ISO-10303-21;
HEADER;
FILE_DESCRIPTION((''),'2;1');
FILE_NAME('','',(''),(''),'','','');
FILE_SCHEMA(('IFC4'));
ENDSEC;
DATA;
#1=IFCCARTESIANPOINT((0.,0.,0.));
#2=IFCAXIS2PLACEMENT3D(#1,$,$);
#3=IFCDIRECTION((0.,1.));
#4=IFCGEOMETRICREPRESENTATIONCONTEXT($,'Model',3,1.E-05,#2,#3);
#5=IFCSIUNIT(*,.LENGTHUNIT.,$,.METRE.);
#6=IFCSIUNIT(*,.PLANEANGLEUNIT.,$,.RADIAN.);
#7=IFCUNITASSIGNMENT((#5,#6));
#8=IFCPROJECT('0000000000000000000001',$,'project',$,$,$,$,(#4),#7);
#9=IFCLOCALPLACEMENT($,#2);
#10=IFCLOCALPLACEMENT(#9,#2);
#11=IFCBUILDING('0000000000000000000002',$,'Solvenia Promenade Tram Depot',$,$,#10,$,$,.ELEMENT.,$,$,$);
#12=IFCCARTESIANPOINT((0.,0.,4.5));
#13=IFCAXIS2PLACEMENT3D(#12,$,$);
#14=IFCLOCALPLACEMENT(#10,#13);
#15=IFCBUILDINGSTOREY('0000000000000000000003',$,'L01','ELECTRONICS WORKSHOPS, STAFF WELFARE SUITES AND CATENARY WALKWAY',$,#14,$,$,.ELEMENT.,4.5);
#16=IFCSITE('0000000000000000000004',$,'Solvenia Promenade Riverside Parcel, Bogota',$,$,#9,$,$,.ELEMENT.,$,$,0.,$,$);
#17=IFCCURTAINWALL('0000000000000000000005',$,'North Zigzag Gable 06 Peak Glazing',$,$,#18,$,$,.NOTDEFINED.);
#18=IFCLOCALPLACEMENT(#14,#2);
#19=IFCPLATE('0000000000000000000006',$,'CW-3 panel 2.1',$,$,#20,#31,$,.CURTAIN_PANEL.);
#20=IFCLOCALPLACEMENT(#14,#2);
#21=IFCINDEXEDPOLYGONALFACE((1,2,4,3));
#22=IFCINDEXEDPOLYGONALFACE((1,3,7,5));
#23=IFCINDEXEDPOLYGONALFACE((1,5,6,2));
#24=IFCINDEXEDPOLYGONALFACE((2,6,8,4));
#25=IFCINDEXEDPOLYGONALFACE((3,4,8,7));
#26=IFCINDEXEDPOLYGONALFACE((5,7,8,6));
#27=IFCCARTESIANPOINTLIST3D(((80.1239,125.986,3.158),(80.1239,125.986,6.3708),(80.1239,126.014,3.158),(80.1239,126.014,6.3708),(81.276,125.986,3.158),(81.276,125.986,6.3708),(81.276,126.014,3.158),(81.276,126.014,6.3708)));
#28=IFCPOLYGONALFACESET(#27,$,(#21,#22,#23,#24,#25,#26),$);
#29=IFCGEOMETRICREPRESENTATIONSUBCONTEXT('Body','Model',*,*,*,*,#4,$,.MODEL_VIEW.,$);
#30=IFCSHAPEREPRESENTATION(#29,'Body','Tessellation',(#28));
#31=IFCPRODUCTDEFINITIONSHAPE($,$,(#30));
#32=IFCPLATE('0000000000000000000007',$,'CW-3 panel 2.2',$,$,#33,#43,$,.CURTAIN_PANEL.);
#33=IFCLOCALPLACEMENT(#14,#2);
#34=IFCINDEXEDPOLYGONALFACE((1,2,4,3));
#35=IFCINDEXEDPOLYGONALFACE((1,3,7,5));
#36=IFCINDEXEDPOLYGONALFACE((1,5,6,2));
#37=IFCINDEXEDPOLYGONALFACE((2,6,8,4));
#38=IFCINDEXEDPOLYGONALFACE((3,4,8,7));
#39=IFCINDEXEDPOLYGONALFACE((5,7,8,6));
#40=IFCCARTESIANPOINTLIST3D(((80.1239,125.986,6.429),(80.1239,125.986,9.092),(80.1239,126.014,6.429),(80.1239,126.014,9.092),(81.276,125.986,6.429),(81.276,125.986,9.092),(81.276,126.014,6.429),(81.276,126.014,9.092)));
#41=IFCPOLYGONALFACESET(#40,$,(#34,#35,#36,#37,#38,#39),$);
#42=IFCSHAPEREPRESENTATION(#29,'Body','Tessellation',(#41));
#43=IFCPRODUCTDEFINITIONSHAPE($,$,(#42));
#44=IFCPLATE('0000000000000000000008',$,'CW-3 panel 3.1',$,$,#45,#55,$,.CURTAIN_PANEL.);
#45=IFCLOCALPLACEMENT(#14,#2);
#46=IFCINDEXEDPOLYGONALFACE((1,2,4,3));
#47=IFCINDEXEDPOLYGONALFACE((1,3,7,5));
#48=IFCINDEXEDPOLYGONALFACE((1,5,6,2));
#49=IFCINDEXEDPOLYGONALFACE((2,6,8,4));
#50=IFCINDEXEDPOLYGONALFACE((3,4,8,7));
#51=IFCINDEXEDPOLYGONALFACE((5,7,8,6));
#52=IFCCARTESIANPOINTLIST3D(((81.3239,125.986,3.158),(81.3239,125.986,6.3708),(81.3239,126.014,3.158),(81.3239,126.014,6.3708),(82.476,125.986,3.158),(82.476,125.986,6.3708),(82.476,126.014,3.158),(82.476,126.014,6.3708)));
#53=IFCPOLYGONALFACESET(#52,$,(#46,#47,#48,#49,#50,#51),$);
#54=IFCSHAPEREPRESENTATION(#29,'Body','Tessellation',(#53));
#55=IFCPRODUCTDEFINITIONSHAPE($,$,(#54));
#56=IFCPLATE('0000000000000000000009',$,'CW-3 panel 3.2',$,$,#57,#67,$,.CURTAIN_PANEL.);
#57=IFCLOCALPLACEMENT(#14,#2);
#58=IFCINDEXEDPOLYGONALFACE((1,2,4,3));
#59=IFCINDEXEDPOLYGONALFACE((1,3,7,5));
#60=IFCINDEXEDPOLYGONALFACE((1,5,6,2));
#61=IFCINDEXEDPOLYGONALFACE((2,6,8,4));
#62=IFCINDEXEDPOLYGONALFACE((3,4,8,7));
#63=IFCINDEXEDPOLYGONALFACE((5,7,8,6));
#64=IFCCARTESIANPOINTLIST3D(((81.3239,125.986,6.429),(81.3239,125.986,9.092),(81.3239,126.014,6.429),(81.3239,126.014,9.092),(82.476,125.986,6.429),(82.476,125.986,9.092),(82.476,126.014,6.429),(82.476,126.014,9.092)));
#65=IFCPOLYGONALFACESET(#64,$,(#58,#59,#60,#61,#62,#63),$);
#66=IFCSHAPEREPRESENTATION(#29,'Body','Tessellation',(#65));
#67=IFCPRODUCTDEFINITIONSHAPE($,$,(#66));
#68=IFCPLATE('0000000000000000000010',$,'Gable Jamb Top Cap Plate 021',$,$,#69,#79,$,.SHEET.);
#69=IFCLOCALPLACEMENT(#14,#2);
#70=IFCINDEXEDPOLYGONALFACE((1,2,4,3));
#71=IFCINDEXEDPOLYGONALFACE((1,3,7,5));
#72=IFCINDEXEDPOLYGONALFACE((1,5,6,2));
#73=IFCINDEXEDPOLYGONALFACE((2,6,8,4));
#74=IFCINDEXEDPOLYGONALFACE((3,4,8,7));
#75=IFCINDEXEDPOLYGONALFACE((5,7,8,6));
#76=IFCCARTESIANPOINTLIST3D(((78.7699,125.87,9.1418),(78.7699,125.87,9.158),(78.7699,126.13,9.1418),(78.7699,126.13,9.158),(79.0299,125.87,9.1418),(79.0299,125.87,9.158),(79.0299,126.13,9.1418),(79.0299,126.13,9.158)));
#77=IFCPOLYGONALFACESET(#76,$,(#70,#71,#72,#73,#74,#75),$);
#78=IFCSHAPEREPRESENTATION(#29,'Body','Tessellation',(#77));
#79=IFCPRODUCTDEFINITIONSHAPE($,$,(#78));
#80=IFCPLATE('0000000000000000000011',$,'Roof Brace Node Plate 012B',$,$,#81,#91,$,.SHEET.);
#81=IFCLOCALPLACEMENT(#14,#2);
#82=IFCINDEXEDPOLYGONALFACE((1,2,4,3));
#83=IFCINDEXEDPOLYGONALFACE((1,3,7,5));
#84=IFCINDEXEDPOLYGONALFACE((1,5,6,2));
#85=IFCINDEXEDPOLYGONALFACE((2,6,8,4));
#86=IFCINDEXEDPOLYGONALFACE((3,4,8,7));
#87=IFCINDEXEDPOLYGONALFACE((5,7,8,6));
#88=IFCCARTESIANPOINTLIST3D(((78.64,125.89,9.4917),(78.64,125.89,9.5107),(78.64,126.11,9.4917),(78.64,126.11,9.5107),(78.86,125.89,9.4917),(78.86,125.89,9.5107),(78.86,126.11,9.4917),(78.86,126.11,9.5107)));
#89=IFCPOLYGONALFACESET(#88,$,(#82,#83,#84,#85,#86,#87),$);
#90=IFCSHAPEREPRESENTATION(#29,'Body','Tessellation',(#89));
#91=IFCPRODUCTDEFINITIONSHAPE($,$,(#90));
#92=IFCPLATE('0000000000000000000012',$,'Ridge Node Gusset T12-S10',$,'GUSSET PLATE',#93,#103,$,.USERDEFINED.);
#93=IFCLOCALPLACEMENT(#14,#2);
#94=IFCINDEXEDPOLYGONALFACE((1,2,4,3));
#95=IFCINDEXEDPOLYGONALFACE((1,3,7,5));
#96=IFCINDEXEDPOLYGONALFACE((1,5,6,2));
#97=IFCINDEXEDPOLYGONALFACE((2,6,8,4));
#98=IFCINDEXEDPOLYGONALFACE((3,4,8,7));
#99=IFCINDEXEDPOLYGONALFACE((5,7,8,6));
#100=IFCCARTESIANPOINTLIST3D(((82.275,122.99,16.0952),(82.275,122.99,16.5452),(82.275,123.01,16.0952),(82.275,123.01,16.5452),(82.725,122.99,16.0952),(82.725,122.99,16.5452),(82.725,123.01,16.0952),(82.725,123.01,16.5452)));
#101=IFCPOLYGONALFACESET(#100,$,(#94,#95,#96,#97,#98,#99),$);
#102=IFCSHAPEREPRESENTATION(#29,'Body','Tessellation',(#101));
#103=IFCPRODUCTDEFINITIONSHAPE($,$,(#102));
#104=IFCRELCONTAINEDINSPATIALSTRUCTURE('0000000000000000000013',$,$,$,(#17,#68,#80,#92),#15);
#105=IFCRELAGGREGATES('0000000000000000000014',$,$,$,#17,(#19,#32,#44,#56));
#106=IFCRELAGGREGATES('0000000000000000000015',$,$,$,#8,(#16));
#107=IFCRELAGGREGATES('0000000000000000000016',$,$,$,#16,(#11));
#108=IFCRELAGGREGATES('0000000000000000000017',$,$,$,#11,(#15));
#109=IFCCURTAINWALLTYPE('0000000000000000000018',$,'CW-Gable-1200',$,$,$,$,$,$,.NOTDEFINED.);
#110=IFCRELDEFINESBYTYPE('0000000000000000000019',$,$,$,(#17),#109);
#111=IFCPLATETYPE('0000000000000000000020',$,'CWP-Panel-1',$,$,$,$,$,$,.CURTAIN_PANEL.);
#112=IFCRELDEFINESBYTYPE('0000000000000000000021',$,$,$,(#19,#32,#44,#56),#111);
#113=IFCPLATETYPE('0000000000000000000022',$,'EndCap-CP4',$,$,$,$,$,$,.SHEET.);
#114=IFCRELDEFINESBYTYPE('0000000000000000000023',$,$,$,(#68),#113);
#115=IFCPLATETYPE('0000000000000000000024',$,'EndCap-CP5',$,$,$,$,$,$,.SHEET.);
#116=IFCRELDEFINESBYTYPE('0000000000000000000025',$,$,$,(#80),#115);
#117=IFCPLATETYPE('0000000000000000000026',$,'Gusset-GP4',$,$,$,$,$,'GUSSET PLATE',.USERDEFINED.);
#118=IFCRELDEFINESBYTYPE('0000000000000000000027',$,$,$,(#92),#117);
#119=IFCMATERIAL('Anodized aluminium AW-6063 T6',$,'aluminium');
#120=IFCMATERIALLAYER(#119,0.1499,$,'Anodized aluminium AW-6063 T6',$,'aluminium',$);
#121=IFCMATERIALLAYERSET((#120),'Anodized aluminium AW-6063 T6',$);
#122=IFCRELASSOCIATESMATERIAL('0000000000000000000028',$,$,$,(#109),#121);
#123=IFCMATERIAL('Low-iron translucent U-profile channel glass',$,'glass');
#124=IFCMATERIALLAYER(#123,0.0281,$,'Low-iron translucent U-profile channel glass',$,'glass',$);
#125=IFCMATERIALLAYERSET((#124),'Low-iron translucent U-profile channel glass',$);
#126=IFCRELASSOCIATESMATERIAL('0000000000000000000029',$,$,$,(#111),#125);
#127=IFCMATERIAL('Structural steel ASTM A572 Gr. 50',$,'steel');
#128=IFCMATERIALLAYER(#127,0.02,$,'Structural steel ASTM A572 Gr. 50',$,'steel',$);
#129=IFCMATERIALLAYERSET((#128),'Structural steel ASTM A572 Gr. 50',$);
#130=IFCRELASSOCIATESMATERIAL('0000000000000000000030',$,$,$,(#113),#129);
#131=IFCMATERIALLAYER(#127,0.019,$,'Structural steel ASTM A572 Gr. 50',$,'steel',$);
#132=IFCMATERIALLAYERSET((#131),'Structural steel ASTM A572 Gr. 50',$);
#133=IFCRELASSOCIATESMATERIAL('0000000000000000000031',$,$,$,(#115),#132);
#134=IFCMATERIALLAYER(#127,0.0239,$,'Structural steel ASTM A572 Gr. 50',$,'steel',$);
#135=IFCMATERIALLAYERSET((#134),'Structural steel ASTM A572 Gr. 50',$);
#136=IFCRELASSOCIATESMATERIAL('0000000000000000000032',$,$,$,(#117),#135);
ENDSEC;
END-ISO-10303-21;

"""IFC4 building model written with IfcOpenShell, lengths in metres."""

from ifc_helpers import new_model, si_unit, direction, frame, origin, origin_2d, place, context, subcontext, project, spatial, rectangle, extrude, material, layer, layer_set, type_object, element, aggregate, save


model = new_model("IFC4")

# Units and contexts
model_context = context("Model", 3, precision=1e-05, world=origin(), true_north=direction((0.0, 1.0)))
body_context = subcontext(model_context, "Body", "Model", "MODEL_VIEW")
ifc_project = project(units=[si_unit("LENGTHUNIT", "METRE"), si_unit("PLANEANGLEUNIT", "RADIAN")], contexts=[model_context])

# Site, building, storey
site_placement = place(None, origin())
site = spatial("IfcSite", under=ifc_project, at=site_placement, Name="Solvenia Promenade Riverside Parcel, Bogota", CompositionType="ELEMENT", RefElevation=0.0)
building_placement = place(site_placement, origin())
building = spatial("IfcBuilding", under=site, at=building_placement, Name="Solvenia Promenade Tram Depot", CompositionType="ELEMENT")
storey_placement = place(building_placement, frame((0.0, 0.0, 4.5)))
storey = spatial("IfcBuildingStorey", under=building, at=storey_placement, Name="L01", Description="ELECTRONICS WORKSHOPS, STAFF WELFARE SUITES AND CATENARY WALKWAY", CompositionType="ELEMENT", Elevation=4.5)

# Curtain wall
ifc_material_1 = material(Name="Anodized aluminium AW-6063 T6", Category="aluminium")
ifc_layer_1 = layer(ifc_material_1, 0.1499, Name="Anodized aluminium AW-6063 T6", Category="aluminium")
ifc_layer_set_1 = layer_set([ifc_layer_1], Name="Anodized aluminium AW-6063 T6")
curtain_wall_type = type_object("IfcCurtainWallType", Name="CW-Gable-1200", PredefinedType="NOTDEFINED", material=ifc_layer_set_1)
curtain_wall_placement = place(storey_placement, origin())
curtain_wall = element("IfcCurtainWall", 1, at=curtain_wall_placement, inside=storey, type_object=curtain_wall_type, Name="North Zigzag Gable 06 Peak Glazing", PredefinedType="NOTDEFINED")

# Plates
ifc_material_2 = material(Name="Low-iron translucent U-profile channel glass", Category="glass")
ifc_layer_2 = layer(ifc_material_2, 0.0281, Name="Low-iron translucent U-profile channel glass", Category="glass")
ifc_layer_set_2 = layer_set([ifc_layer_2], Name="Low-iron translucent U-profile channel glass")
plate_type_1 = type_object("IfcPlateType", Name="CWP-Panel-1", PredefinedType="CURTAIN_PANEL", material=ifc_layer_set_2)
plate_1_placement = place(storey_placement, frame((80.7, 126.0, 3.158), z_axis=(0.0, 0.0, 1.0), x_axis=(1.0, 0.0, 0.0)))
plate_1 = element("IfcPlate", 2, at=plate_1_placement, type_object=plate_type_1, Name="CW-3 panel 2.1", PredefinedType="CURTAIN_PANEL", context=body_context, shape_type="SweptSolid", body=[
    extrude(rectangle(XDim=1.1521, YDim=0.0281, at=origin_2d()), origin(), (0.0, 0.0, 1.0), 3.2129),
])
plate_2_placement = place(storey_placement, frame((80.7, 126.0, 6.429), z_axis=(0.0, 0.0, 1.0), x_axis=(1.0, 0.0, 0.0)))
plate_2 = element("IfcPlate", 3, at=plate_2_placement, type_object=plate_type_1, Name="CW-3 panel 2.2", PredefinedType="CURTAIN_PANEL", context=body_context, shape_type="SweptSolid", body=[
    extrude(rectangle(XDim=1.1521, YDim=0.0281, at=origin_2d()), origin(), (0.0, 0.0, 1.0), 2.6631),
])
plate_3_placement = place(storey_placement, frame((81.8999, 126.0, 3.158), z_axis=(0.0, 0.0, 1.0), x_axis=(1.0, 0.0, 0.0)))
plate_3 = element("IfcPlate", 4, at=plate_3_placement, type_object=plate_type_1, Name="CW-3 panel 3.1", PredefinedType="CURTAIN_PANEL", context=body_context, shape_type="SweptSolid", body=[
    extrude(rectangle(XDim=1.1521, YDim=0.0281, at=origin_2d()), origin(), (0.0, 0.0, 1.0), 3.2129),
])
plate_4_placement = place(storey_placement, frame((81.8999, 126.0, 6.429), z_axis=(0.0, 0.0, 1.0), x_axis=(1.0, 0.0, 0.0)))
plate_4 = element("IfcPlate", 5, at=plate_4_placement, type_object=plate_type_1, Name="CW-3 panel 3.2", PredefinedType="CURTAIN_PANEL", context=body_context, shape_type="SweptSolid", body=[
    extrude(rectangle(XDim=1.1521, YDim=0.0281, at=origin_2d()), origin(), (0.0, 0.0, 1.0), 2.6631),
])
aggregate(curtain_wall, [plate_1, plate_2, plate_3, plate_4])

# Plates
ifc_material_3 = material(Name="Structural steel ASTM A572 Gr. 50", Category="steel")
ifc_layer_3 = layer(ifc_material_3, 0.02, Name="Structural steel ASTM A572 Gr. 50", Category="steel")
ifc_layer_set_3 = layer_set([ifc_layer_3], Name="Structural steel ASTM A572 Gr. 50")
plate_type_2 = type_object("IfcPlateType", Name="EndCap-CP4", PredefinedType="SHEET", material=ifc_layer_set_3)
plate_5_placement = place(storey_placement, frame((78.8999, 126.0, 9.1418), z_axis=(0.0, 0.0, 1.0), x_axis=(1.0, 0.0, 0.0)))
element("IfcPlate", 6, at=plate_5_placement, inside=storey, type_object=plate_type_2, Name="Gable Jamb Top Cap Plate 021", PredefinedType="SHEET", context=body_context, shape_type="SweptSolid", body=[
    extrude(rectangle(XDim=0.26, YDim=0.26, at=origin_2d()), origin(), (0.0, 0.0, 1.0), 0.0161),
])
ifc_layer_4 = layer(ifc_material_3, 0.019, Name="Structural steel ASTM A572 Gr. 50", Category="steel")
ifc_layer_set_4 = layer_set([ifc_layer_4], Name="Structural steel ASTM A572 Gr. 50")
plate_type_3 = type_object("IfcPlateType", Name="EndCap-CP5", PredefinedType="SHEET", material=ifc_layer_set_4)
plate_6_placement = place(storey_placement, frame((78.75, 126.0, 9.4917), z_axis=(0.0, 0.0, 1.0), x_axis=(1.0, 0.0, 0.0)))
element("IfcPlate", 7, at=plate_6_placement, inside=storey, type_object=plate_type_3, Name="Roof Brace Node Plate 012B", PredefinedType="SHEET", context=body_context, shape_type="SweptSolid", body=[
    extrude(rectangle(XDim=0.22, YDim=0.22, at=origin_2d()), origin(), (0.0, 0.0, 1.0), 0.019),
])
ifc_layer_5 = layer(ifc_material_3, 0.0239, Name="Structural steel ASTM A572 Gr. 50", Category="steel")
ifc_layer_set_5 = layer_set([ifc_layer_5], Name="Structural steel ASTM A572 Gr. 50")
plate_type_4 = type_object("IfcPlateType", Name="Gusset-GP4", ElementType="GUSSET PLATE", PredefinedType="USERDEFINED", material=ifc_layer_set_5)
plate_7_placement = place(storey_placement, frame((82.5, 123.0, 16.0952), z_axis=(0.0, 0.0, 1.0), x_axis=(1.0, 0.0, 0.0)))
element("IfcPlate", 8, at=plate_7_placement, inside=storey, type_object=plate_type_4, Name="Ridge Node Gusset T12-S10", ObjectType="GUSSET PLATE", PredefinedType="USERDEFINED", context=body_context, shape_type="SweptSolid", body=[
    extrude(rectangle(XDim=0.45, YDim=0.02, at=origin_2d()), origin(), (0.0, 0.0, 1.0), 0.45),
])

save(model, "model.ifc")
